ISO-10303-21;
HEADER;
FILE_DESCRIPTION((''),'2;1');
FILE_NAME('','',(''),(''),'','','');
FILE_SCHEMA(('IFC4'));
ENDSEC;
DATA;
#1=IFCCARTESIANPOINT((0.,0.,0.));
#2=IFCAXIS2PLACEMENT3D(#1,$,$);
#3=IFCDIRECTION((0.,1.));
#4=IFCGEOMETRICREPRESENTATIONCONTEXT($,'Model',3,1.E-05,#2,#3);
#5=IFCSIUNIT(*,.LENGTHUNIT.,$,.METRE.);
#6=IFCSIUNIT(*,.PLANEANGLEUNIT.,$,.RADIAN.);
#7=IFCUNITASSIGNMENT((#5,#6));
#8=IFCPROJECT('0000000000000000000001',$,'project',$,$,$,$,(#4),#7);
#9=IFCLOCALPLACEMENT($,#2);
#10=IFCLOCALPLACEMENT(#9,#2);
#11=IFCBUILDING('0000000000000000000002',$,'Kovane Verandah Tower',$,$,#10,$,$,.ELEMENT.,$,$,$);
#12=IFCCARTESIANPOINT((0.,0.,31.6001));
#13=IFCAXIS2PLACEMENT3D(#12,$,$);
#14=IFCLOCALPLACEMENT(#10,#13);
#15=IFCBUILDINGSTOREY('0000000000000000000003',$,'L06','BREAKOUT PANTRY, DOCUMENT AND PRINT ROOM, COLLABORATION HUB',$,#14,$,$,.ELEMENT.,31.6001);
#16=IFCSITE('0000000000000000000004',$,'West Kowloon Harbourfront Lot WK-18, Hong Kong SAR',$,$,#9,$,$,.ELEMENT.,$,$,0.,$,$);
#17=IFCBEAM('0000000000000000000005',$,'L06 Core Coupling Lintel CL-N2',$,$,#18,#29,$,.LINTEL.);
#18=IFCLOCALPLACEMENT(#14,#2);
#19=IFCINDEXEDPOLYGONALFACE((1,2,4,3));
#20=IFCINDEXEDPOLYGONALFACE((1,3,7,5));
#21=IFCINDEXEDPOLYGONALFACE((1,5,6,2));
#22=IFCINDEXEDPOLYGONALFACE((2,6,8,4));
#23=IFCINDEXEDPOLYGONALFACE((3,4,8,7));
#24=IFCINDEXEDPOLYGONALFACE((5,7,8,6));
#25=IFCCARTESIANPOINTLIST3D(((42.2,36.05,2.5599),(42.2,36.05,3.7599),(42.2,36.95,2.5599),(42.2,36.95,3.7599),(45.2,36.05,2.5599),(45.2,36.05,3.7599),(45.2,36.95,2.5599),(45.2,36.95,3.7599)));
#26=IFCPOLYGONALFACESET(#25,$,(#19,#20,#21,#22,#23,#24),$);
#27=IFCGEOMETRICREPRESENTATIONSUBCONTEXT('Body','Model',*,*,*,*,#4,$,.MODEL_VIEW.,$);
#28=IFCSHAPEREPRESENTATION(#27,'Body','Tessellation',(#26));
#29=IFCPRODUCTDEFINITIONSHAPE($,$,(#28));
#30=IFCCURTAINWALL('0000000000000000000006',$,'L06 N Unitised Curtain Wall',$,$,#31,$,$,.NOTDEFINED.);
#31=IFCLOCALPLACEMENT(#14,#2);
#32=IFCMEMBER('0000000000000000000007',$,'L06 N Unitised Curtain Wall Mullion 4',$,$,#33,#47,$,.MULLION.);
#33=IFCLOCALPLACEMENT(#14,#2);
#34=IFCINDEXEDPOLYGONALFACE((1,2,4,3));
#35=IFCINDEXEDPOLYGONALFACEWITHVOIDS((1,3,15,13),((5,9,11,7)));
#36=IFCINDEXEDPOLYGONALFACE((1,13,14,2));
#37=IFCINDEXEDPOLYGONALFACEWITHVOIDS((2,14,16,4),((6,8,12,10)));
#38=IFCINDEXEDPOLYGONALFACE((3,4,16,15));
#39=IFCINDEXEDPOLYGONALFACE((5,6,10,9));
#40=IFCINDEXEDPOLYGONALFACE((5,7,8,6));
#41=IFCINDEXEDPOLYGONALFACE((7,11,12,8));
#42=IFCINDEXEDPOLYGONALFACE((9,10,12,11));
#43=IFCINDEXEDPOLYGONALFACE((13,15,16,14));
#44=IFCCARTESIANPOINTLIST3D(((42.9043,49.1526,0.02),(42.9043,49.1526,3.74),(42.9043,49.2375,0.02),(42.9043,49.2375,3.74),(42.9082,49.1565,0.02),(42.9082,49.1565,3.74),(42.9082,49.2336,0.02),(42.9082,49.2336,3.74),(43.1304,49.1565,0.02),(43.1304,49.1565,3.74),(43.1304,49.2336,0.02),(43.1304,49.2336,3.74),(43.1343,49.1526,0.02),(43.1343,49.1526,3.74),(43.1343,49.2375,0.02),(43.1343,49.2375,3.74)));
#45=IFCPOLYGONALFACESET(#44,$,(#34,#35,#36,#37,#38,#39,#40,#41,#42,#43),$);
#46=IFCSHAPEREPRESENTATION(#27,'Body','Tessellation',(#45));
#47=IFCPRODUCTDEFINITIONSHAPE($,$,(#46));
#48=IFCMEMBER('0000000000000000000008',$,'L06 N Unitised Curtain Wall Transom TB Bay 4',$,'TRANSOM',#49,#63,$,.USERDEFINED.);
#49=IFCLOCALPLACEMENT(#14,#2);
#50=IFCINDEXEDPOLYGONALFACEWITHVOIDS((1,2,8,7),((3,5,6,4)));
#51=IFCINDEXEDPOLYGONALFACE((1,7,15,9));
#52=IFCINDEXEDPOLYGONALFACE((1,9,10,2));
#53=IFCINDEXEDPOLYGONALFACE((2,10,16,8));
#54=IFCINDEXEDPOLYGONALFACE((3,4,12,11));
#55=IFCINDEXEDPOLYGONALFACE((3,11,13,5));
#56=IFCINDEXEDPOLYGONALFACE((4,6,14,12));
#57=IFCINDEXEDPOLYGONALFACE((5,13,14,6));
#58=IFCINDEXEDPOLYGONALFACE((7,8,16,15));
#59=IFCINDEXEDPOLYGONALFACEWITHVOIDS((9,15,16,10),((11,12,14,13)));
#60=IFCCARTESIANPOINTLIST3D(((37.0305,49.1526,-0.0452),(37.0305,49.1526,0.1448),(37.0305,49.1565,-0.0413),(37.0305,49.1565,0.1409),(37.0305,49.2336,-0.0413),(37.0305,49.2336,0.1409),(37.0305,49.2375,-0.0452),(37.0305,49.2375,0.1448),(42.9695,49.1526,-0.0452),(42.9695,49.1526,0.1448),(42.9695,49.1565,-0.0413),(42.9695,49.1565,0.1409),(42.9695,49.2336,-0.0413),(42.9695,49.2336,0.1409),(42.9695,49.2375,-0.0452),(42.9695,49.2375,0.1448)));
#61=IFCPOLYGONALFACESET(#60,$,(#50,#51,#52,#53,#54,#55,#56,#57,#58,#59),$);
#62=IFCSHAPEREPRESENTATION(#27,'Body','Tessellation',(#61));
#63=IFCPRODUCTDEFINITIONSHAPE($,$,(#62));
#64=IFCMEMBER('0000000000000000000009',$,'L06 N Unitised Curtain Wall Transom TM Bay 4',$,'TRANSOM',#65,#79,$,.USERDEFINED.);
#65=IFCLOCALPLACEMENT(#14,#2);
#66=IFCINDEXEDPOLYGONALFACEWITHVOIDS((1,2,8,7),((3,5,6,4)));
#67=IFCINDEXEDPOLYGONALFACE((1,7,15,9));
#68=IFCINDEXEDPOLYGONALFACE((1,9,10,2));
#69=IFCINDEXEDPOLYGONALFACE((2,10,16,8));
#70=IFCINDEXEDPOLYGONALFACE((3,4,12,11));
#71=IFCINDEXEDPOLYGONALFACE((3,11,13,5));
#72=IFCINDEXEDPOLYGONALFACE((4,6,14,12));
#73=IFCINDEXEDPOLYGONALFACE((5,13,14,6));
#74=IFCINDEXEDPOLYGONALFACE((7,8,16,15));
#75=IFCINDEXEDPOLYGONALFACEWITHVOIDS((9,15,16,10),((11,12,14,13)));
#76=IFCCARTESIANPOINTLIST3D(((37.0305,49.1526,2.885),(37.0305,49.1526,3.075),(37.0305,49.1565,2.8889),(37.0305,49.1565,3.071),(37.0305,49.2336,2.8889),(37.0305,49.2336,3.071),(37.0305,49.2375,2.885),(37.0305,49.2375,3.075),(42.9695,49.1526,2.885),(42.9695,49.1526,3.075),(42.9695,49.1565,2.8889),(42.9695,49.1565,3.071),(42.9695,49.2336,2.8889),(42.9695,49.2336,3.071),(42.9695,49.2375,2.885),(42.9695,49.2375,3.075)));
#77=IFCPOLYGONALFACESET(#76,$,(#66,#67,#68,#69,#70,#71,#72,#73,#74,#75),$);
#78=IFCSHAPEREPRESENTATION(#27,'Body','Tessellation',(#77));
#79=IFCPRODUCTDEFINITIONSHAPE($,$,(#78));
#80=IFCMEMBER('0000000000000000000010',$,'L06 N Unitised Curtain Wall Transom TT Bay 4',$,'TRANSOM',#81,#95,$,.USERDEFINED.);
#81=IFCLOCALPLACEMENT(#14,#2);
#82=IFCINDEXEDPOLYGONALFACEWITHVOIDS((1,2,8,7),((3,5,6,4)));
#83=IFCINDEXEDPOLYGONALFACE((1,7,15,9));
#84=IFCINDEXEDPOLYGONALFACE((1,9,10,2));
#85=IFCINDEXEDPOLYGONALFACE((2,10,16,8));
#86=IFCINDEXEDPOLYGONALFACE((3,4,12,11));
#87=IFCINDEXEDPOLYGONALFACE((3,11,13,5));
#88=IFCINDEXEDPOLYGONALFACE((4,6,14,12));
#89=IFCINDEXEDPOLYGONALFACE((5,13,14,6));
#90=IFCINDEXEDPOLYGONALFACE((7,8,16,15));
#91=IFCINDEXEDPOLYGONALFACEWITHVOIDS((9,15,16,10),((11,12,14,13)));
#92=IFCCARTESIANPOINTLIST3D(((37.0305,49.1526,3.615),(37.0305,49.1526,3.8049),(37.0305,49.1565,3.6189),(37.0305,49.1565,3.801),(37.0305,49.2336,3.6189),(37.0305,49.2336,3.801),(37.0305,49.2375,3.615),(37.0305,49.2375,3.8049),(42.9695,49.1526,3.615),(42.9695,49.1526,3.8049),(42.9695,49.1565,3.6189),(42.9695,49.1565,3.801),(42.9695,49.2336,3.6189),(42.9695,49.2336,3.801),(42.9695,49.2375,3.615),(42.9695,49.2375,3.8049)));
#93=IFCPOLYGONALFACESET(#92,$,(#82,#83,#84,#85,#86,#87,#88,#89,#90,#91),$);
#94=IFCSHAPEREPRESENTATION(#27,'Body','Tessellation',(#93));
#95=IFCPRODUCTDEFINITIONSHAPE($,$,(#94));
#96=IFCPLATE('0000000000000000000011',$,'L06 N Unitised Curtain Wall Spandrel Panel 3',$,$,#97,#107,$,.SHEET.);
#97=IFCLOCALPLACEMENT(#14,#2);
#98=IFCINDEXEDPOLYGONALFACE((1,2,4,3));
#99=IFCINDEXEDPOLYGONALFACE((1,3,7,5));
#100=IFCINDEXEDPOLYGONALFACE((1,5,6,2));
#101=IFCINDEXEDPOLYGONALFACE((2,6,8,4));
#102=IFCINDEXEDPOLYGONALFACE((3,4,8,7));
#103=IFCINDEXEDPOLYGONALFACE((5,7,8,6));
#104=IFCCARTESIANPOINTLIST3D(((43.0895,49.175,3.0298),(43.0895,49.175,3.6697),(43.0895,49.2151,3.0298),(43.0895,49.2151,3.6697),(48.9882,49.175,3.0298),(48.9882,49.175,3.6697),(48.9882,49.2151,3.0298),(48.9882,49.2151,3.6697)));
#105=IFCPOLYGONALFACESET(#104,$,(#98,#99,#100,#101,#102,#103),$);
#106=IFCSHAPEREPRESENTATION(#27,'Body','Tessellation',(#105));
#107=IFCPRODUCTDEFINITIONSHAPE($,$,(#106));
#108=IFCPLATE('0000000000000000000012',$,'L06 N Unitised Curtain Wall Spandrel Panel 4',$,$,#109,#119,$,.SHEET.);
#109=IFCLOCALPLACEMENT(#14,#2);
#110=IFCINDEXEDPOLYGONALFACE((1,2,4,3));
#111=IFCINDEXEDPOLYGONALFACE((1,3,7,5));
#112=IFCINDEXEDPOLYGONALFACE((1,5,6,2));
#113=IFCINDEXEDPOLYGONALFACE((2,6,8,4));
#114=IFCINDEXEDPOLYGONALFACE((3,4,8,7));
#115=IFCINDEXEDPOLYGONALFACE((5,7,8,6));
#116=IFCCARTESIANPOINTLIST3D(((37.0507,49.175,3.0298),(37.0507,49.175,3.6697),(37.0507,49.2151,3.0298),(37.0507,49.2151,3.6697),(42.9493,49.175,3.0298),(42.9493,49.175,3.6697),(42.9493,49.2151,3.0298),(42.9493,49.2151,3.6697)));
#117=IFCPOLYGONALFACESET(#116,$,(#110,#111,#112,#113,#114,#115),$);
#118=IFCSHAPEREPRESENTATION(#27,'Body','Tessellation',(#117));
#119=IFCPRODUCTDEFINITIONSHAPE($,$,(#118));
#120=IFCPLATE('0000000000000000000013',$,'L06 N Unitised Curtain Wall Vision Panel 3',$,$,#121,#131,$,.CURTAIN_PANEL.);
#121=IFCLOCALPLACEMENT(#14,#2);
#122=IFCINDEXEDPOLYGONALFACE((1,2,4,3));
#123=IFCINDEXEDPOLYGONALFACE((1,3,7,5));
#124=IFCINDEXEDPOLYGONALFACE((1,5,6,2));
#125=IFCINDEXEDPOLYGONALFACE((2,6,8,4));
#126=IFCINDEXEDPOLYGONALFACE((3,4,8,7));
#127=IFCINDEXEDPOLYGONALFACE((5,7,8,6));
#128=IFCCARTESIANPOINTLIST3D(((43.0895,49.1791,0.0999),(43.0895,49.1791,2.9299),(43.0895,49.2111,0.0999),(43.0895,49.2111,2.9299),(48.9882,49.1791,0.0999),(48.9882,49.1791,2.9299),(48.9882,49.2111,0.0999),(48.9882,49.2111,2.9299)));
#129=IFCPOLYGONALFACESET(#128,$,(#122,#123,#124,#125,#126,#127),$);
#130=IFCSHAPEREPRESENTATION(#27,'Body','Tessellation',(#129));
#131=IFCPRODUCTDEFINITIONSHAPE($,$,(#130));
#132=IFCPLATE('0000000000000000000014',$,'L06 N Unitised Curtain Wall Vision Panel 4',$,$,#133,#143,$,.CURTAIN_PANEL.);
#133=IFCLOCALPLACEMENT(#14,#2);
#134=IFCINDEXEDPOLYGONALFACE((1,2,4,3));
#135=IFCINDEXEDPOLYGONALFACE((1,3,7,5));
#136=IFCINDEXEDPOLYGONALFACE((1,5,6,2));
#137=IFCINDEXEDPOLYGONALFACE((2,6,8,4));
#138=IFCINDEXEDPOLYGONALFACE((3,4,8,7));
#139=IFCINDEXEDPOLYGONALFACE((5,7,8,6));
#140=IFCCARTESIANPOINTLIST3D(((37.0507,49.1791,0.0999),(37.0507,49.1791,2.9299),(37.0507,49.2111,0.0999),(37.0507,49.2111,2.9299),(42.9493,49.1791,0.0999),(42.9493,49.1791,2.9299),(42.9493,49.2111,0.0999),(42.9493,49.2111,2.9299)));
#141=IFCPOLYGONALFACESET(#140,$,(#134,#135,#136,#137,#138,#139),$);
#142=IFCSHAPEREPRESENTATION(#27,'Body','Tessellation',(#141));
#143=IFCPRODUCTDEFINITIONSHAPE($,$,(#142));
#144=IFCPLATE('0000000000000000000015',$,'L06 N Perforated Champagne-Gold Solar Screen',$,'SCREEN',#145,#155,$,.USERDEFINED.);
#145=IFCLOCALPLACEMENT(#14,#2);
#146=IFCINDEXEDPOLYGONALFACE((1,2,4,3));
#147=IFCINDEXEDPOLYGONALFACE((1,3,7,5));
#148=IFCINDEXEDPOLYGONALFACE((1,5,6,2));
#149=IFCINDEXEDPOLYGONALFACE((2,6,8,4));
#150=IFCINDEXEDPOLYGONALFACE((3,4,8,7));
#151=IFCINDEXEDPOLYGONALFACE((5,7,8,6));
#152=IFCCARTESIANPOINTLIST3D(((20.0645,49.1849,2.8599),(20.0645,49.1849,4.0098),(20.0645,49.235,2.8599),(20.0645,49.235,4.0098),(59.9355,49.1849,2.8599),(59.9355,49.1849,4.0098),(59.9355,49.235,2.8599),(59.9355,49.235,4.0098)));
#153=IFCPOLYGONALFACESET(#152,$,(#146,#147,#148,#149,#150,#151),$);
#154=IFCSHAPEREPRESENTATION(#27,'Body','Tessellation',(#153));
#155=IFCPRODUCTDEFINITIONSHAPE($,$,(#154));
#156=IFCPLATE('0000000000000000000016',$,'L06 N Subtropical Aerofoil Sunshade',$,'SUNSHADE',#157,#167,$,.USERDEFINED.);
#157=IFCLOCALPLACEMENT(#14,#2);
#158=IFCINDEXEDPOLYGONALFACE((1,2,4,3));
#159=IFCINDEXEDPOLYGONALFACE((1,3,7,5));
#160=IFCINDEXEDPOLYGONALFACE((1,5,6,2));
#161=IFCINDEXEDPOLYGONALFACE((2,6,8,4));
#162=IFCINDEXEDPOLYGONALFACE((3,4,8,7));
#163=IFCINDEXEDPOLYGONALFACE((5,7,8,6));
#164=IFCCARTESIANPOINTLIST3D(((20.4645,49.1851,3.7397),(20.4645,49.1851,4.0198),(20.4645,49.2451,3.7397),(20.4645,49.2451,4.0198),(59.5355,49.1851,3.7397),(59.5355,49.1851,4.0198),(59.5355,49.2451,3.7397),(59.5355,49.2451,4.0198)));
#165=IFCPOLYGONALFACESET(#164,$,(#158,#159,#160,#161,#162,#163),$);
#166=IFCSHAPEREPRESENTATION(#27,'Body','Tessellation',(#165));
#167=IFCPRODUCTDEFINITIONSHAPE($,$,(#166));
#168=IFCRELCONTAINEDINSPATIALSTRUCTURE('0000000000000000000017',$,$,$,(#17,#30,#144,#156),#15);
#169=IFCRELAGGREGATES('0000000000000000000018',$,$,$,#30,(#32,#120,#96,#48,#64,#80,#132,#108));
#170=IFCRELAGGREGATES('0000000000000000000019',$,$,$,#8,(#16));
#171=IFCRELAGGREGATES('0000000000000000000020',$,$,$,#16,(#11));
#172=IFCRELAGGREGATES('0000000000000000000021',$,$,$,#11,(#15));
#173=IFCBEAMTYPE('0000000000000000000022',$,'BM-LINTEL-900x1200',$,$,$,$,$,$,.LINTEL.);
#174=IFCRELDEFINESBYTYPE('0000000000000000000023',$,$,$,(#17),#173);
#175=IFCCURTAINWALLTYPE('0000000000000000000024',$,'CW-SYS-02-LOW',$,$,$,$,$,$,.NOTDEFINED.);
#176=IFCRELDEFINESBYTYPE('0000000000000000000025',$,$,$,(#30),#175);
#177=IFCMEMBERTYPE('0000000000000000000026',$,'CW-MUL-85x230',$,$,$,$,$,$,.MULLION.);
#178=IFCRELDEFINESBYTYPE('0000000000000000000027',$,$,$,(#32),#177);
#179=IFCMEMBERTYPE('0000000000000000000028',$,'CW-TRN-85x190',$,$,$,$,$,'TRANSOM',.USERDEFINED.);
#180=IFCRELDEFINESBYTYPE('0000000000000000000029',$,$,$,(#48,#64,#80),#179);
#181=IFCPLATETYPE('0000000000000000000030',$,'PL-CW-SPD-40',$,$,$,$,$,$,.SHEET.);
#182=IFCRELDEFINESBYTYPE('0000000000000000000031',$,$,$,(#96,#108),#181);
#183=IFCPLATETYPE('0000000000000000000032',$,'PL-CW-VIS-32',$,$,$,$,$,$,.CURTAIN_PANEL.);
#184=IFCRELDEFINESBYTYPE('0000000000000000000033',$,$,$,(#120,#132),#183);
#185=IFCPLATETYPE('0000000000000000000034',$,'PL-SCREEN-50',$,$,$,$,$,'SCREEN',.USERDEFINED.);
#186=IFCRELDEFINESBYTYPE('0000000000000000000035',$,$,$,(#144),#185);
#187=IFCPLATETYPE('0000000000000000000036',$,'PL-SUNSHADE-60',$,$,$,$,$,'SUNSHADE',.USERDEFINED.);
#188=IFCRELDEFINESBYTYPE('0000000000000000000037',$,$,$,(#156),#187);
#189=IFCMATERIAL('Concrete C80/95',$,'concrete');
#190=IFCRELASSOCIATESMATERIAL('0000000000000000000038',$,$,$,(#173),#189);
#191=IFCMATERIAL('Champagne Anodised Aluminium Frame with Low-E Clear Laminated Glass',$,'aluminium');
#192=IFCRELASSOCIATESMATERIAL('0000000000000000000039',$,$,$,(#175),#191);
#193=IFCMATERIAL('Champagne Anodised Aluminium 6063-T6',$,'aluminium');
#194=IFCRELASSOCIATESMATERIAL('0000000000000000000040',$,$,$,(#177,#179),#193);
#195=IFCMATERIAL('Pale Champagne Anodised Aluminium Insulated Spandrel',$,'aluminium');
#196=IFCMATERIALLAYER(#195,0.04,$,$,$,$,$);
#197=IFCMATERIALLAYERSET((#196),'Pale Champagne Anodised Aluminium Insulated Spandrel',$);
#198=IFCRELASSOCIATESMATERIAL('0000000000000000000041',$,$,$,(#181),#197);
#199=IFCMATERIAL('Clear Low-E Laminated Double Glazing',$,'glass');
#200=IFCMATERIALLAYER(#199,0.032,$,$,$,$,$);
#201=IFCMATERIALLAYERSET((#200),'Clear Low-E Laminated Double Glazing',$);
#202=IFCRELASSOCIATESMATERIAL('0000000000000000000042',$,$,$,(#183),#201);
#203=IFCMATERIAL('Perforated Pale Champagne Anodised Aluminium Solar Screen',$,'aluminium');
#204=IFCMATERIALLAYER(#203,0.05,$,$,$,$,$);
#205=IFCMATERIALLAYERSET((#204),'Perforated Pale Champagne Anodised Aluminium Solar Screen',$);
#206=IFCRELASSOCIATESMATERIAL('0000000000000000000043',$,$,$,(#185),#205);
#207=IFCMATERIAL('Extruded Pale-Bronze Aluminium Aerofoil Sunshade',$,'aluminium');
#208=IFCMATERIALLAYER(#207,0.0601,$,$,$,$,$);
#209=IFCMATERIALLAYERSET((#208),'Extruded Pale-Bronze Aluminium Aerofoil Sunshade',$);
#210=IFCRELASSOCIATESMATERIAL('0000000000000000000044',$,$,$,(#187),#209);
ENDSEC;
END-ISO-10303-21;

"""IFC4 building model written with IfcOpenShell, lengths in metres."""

from ifc_helpers import new_model, si_unit, direction, frame, origin, origin_2d, place, context, subcontext, project, spatial, rectangle, hollow_rectangle, extrude, material, layer, layer_set, material_profile, profile_set, type_object, element, aggregate, save


model = new_model("IFC4")

# Units and contexts
model_context = context("Model", 3, precision=1e-05, world=origin(), true_north=direction((0.0, 1.0)))
body_context = subcontext(model_context, "Body", "Model", "MODEL_VIEW")
ifc_project = project(units=[si_unit("LENGTHUNIT", "METRE"), si_unit("PLANEANGLEUNIT", "RADIAN")], contexts=[model_context])

# Site, building, storey
site_placement = place(None, origin())
site = spatial("IfcSite", under=ifc_project, at=site_placement, Name="West Kowloon Harbourfront Lot WK-18, Hong Kong SAR", CompositionType="ELEMENT", RefElevation=0.0)
building_placement = place(site_placement, origin())
building = spatial("IfcBuilding", under=site, at=building_placement, Name="Kovane Verandah Tower", CompositionType="ELEMENT")
storey_placement = place(building_placement, frame((0.0, 0.0, 31.6001)))
storey = spatial("IfcBuildingStorey", under=building, at=storey_placement, Name="L06", Description="BREAKOUT PANTRY, DOCUMENT AND PRINT ROOM, COLLABORATION HUB", CompositionType="ELEMENT", Elevation=31.6001)

# Beam
ifc_material_1 = material(Name="Concrete C80/95", Category="concrete")
ifc_material_profile_1 = material_profile(ifc_material_1, rectangle(XDim=0.8999, YDim=1.2, at=origin_2d()), Name="RCB900x1200")
ifc_profile_set_1 = profile_set([ifc_material_profile_1], Name="Concrete C80/95")
beam_type = type_object("IfcBeamType", Name="BM-LINTEL-900x1200", PredefinedType="LINTEL", material=ifc_profile_set_1)
beam_placement = place(storey_placement, frame((42.2, 36.5, 3.1599), z_axis=(1.0, 0.0, 0.0), x_axis=(0.0, 1.0, 0.0)))
element("IfcBeam", 1, at=beam_placement, inside=storey, type_object=beam_type, Name="L06 Core Coupling Lintel CL-N2", PredefinedType="LINTEL", context=body_context, shape_type="SweptSolid", body=[
    extrude(rectangle(XDim=0.8999, YDim=1.2, at=origin_2d()), origin(), (0.0, 0.0, 1.0), 3.0),
])

# Curtain wall, members, plates
ifc_material_2 = material(Name="Champagne Anodised Aluminium Frame with Low-E Clear Laminated Glass", Category="aluminium")
curtain_wall_type = type_object("IfcCurtainWallType", Name="CW-SYS-02-LOW", PredefinedType="NOTDEFINED", material=ifc_material_2)
curtain_wall_placement = place(storey_placement, origin())
curtain_wall = element("IfcCurtainWall", 2, at=curtain_wall_placement, inside=storey, type_object=curtain_wall_type, Name="L06 N Unitised Curtain Wall", PredefinedType="NOTDEFINED")
ifc_material_3 = material(Name="Champagne Anodised Aluminium 6063-T6", Category="aluminium")
ifc_material_profile_2 = material_profile(ifc_material_3, hollow_rectangle(XDim=0.085, YDim=0.23, WallThickness=0.0039, at=origin_2d()), Name="AL85x230x4")
ifc_profile_set_2 = profile_set([ifc_material_profile_2], Name="Champagne Anodised Aluminium 6063-T6")
member_type_1 = type_object("IfcMemberType", Name="CW-MUL-85x230", PredefinedType="MULLION", material=ifc_profile_set_2)
member_1_placement = place(storey_placement, frame((43.0193, 49.1951, 0.02), z_axis=(0.0, 0.0, 1.0), x_axis=(0.0, 1.0, 0.0)))
member_1 = element("IfcMember", 3, at=member_1_placement, type_object=member_type_1, Name="L06 N Unitised Curtain Wall Mullion 4", PredefinedType="MULLION", context=body_context, shape_type="SweptSolid", body=[
    extrude(hollow_rectangle(XDim=0.085, YDim=0.23, WallThickness=0.0039, at=origin_2d()), origin(), (0.0, 0.0, 1.0), 3.72),
])
ifc_material_profile_3 = material_profile(ifc_material_3, hollow_rectangle(XDim=0.085, YDim=0.1899, WallThickness=0.0039, at=origin_2d()), Name="AL85x190x4")
ifc_profile_set_3 = profile_set([ifc_material_profile_3], Name="Champagne Anodised Aluminium 6063-T6")
member_type_2 = type_object("IfcMemberType", Name="CW-TRN-85x190", ElementType="TRANSOM", PredefinedType="USERDEFINED", material=ifc_profile_set_3)
member_2_placement = place(storey_placement, frame((42.9695, 49.1951, 0.0498), z_axis=(-1.0, 0.0, 0.0), x_axis=(0.0, -1.0, 0.0)))
member_2 = element("IfcMember", 4, at=member_2_placement, type_object=member_type_2, Name="L06 N Unitised Curtain Wall Transom TB Bay 4", ObjectType="TRANSOM", PredefinedType="USERDEFINED", context=body_context, shape_type="SweptSolid", body=[
    extrude(hollow_rectangle(XDim=0.085, YDim=0.1899, WallThickness=0.0039, at=origin_2d()), origin(), (0.0, 0.0, 1.0), 5.939),
])
member_3_placement = place(storey_placement, frame((42.9695, 49.1951, 2.98), z_axis=(-1.0, 0.0, 0.0), x_axis=(0.0, -1.0, 0.0)))
member_3 = element("IfcMember", 5, at=member_3_placement, type_object=member_type_2, Name="L06 N Unitised Curtain Wall Transom TM Bay 4", ObjectType="TRANSOM", PredefinedType="USERDEFINED", context=body_context, shape_type="SweptSolid", body=[
    extrude(hollow_rectangle(XDim=0.085, YDim=0.1899, WallThickness=0.0039, at=origin_2d()), origin(), (0.0, 0.0, 1.0), 5.939),
])
member_4_placement = place(storey_placement, frame((42.9695, 49.1951, 3.71), z_axis=(-1.0, 0.0, 0.0), x_axis=(0.0, -1.0, 0.0)))
member_4 = element("IfcMember", 6, at=member_4_placement, type_object=member_type_2, Name="L06 N Unitised Curtain Wall Transom TT Bay 4", ObjectType="TRANSOM", PredefinedType="USERDEFINED", context=body_context, shape_type="SweptSolid", body=[
    extrude(hollow_rectangle(XDim=0.085, YDim=0.1899, WallThickness=0.0039, at=origin_2d()), origin(), (0.0, 0.0, 1.0), 5.939),
])
ifc_material_4 = material(Name="Pale Champagne Anodised Aluminium Insulated Spandrel", Category="aluminium")
ifc_layer_1 = layer(ifc_material_4, 0.04)
ifc_layer_set_1 = layer_set([ifc_layer_1], Name="Pale Champagne Anodised Aluminium Insulated Spandrel")
plate_type_1 = type_object("IfcPlateType", Name="PL-CW-SPD-40", PredefinedType="SHEET", material=ifc_layer_set_1)
plate_1_placement = place(storey_placement, frame((46.0388, 49.1951, 3.0298), z_axis=(0.0, 0.0, 1.0), x_axis=(-1.0, 0.0, 0.0)))
plate_1 = element("IfcPlate", 7, at=plate_1_placement, type_object=plate_type_1, Name="L06 N Unitised Curtain Wall Spandrel Panel 3", PredefinedType="SHEET", context=body_context, shape_type="SweptSolid", body=[
    extrude(rectangle(XDim=5.8987, YDim=0.04, at=origin_2d()), origin(), (0.0, 0.0, 1.0), 0.6399),
])
plate_2_placement = place(storey_placement, frame((40.0, 49.1951, 3.0298), z_axis=(0.0, 0.0, 1.0), x_axis=(-1.0, 0.0, 0.0)))
plate_2 = element("IfcPlate", 8, at=plate_2_placement, type_object=plate_type_1, Name="L06 N Unitised Curtain Wall Spandrel Panel 4", PredefinedType="SHEET", context=body_context, shape_type="SweptSolid", body=[
    extrude(rectangle(XDim=5.8987, YDim=0.04, at=origin_2d()), origin(), (0.0, 0.0, 1.0), 0.6399),
])
ifc_material_5 = material(Name="Clear Low-E Laminated Double Glazing", Category="glass")
ifc_layer_2 = layer(ifc_material_5, 0.032)
ifc_layer_set_2 = layer_set([ifc_layer_2], Name="Clear Low-E Laminated Double Glazing")
plate_type_2 = type_object("IfcPlateType", Name="PL-CW-VIS-32", PredefinedType="CURTAIN_PANEL", material=ifc_layer_set_2)
plate_3_placement = place(storey_placement, frame((46.0388, 49.1951, 0.0999), z_axis=(0.0, 0.0, 1.0), x_axis=(-1.0, 0.0, 0.0)))
plate_3 = element("IfcPlate", 9, at=plate_3_placement, type_object=plate_type_2, Name="L06 N Unitised Curtain Wall Vision Panel 3", PredefinedType="CURTAIN_PANEL", context=body_context, shape_type="SweptSolid", body=[
    extrude(rectangle(XDim=5.8987, YDim=0.032, at=origin_2d()), origin(), (0.0, 0.0, 1.0), 2.8301),
])
plate_4_placement = place(storey_placement, frame((40.0, 49.1951, 0.0999), z_axis=(0.0, 0.0, 1.0), x_axis=(-1.0, 0.0, 0.0)))
plate_4 = element("IfcPlate", 10, at=plate_4_placement, type_object=plate_type_2, Name="L06 N Unitised Curtain Wall Vision Panel 4", PredefinedType="CURTAIN_PANEL", context=body_context, shape_type="SweptSolid", body=[
    extrude(rectangle(XDim=5.8987, YDim=0.032, at=origin_2d()), origin(), (0.0, 0.0, 1.0), 2.8301),
])
aggregate(curtain_wall, [member_1, plate_3, plate_1, member_2, member_3, member_4, plate_4, plate_2])

# Plates
ifc_material_6 = material(Name="Perforated Pale Champagne Anodised Aluminium Solar Screen", Category="aluminium")
ifc_layer_3 = layer(ifc_material_6, 0.05)
ifc_layer_set_3 = layer_set([ifc_layer_3], Name="Perforated Pale Champagne Anodised Aluminium Solar Screen")
plate_type_3 = type_object("IfcPlateType", Name="PL-SCREEN-50", ElementType="SCREEN", PredefinedType="USERDEFINED", material=ifc_layer_set_3)
plate_5_placement = place(storey_placement, frame((40.0, 49.21, 2.8599), z_axis=(0.0, 0.0, 1.0), x_axis=(-1.0, 0.0, 0.0)))
element("IfcPlate", 11, at=plate_5_placement, inside=storey, type_object=plate_type_3, Name="L06 N Perforated Champagne-Gold Solar Screen", ObjectType="SCREEN", PredefinedType="USERDEFINED", context=body_context, shape_type="SweptSolid", body=[
    extrude(rectangle(XDim=39.8711, YDim=0.05, at=origin_2d()), origin(), (0.0, 0.0, 1.0), 1.1499),
])
ifc_material_7 = material(Name="Extruded Pale-Bronze Aluminium Aerofoil Sunshade", Category="aluminium")
ifc_layer_4 = layer(ifc_material_7, 0.0601)
ifc_layer_set_4 = layer_set([ifc_layer_4], Name="Extruded Pale-Bronze Aluminium Aerofoil Sunshade")
plate_type_4 = type_object("IfcPlateType", Name="PL-SUNSHADE-60", ElementType="SUNSHADE", PredefinedType="USERDEFINED", material=ifc_layer_set_4)
plate_6_placement = place(storey_placement, frame((40.0, 49.2151, 3.7397), z_axis=(0.0, 0.0, 1.0), x_axis=(-1.0, 0.0, 0.0)))
element("IfcPlate", 12, at=plate_6_placement, inside=storey, type_object=plate_type_4, Name="L06 N Subtropical Aerofoil Sunshade", ObjectType="SUNSHADE", PredefinedType="USERDEFINED", context=body_context, shape_type="SweptSolid", body=[
    extrude(rectangle(XDim=39.071, YDim=0.0601, at=origin_2d()), origin(), (0.0, 0.0, 1.0), 0.28),
])

save(model, "model.ifc")
